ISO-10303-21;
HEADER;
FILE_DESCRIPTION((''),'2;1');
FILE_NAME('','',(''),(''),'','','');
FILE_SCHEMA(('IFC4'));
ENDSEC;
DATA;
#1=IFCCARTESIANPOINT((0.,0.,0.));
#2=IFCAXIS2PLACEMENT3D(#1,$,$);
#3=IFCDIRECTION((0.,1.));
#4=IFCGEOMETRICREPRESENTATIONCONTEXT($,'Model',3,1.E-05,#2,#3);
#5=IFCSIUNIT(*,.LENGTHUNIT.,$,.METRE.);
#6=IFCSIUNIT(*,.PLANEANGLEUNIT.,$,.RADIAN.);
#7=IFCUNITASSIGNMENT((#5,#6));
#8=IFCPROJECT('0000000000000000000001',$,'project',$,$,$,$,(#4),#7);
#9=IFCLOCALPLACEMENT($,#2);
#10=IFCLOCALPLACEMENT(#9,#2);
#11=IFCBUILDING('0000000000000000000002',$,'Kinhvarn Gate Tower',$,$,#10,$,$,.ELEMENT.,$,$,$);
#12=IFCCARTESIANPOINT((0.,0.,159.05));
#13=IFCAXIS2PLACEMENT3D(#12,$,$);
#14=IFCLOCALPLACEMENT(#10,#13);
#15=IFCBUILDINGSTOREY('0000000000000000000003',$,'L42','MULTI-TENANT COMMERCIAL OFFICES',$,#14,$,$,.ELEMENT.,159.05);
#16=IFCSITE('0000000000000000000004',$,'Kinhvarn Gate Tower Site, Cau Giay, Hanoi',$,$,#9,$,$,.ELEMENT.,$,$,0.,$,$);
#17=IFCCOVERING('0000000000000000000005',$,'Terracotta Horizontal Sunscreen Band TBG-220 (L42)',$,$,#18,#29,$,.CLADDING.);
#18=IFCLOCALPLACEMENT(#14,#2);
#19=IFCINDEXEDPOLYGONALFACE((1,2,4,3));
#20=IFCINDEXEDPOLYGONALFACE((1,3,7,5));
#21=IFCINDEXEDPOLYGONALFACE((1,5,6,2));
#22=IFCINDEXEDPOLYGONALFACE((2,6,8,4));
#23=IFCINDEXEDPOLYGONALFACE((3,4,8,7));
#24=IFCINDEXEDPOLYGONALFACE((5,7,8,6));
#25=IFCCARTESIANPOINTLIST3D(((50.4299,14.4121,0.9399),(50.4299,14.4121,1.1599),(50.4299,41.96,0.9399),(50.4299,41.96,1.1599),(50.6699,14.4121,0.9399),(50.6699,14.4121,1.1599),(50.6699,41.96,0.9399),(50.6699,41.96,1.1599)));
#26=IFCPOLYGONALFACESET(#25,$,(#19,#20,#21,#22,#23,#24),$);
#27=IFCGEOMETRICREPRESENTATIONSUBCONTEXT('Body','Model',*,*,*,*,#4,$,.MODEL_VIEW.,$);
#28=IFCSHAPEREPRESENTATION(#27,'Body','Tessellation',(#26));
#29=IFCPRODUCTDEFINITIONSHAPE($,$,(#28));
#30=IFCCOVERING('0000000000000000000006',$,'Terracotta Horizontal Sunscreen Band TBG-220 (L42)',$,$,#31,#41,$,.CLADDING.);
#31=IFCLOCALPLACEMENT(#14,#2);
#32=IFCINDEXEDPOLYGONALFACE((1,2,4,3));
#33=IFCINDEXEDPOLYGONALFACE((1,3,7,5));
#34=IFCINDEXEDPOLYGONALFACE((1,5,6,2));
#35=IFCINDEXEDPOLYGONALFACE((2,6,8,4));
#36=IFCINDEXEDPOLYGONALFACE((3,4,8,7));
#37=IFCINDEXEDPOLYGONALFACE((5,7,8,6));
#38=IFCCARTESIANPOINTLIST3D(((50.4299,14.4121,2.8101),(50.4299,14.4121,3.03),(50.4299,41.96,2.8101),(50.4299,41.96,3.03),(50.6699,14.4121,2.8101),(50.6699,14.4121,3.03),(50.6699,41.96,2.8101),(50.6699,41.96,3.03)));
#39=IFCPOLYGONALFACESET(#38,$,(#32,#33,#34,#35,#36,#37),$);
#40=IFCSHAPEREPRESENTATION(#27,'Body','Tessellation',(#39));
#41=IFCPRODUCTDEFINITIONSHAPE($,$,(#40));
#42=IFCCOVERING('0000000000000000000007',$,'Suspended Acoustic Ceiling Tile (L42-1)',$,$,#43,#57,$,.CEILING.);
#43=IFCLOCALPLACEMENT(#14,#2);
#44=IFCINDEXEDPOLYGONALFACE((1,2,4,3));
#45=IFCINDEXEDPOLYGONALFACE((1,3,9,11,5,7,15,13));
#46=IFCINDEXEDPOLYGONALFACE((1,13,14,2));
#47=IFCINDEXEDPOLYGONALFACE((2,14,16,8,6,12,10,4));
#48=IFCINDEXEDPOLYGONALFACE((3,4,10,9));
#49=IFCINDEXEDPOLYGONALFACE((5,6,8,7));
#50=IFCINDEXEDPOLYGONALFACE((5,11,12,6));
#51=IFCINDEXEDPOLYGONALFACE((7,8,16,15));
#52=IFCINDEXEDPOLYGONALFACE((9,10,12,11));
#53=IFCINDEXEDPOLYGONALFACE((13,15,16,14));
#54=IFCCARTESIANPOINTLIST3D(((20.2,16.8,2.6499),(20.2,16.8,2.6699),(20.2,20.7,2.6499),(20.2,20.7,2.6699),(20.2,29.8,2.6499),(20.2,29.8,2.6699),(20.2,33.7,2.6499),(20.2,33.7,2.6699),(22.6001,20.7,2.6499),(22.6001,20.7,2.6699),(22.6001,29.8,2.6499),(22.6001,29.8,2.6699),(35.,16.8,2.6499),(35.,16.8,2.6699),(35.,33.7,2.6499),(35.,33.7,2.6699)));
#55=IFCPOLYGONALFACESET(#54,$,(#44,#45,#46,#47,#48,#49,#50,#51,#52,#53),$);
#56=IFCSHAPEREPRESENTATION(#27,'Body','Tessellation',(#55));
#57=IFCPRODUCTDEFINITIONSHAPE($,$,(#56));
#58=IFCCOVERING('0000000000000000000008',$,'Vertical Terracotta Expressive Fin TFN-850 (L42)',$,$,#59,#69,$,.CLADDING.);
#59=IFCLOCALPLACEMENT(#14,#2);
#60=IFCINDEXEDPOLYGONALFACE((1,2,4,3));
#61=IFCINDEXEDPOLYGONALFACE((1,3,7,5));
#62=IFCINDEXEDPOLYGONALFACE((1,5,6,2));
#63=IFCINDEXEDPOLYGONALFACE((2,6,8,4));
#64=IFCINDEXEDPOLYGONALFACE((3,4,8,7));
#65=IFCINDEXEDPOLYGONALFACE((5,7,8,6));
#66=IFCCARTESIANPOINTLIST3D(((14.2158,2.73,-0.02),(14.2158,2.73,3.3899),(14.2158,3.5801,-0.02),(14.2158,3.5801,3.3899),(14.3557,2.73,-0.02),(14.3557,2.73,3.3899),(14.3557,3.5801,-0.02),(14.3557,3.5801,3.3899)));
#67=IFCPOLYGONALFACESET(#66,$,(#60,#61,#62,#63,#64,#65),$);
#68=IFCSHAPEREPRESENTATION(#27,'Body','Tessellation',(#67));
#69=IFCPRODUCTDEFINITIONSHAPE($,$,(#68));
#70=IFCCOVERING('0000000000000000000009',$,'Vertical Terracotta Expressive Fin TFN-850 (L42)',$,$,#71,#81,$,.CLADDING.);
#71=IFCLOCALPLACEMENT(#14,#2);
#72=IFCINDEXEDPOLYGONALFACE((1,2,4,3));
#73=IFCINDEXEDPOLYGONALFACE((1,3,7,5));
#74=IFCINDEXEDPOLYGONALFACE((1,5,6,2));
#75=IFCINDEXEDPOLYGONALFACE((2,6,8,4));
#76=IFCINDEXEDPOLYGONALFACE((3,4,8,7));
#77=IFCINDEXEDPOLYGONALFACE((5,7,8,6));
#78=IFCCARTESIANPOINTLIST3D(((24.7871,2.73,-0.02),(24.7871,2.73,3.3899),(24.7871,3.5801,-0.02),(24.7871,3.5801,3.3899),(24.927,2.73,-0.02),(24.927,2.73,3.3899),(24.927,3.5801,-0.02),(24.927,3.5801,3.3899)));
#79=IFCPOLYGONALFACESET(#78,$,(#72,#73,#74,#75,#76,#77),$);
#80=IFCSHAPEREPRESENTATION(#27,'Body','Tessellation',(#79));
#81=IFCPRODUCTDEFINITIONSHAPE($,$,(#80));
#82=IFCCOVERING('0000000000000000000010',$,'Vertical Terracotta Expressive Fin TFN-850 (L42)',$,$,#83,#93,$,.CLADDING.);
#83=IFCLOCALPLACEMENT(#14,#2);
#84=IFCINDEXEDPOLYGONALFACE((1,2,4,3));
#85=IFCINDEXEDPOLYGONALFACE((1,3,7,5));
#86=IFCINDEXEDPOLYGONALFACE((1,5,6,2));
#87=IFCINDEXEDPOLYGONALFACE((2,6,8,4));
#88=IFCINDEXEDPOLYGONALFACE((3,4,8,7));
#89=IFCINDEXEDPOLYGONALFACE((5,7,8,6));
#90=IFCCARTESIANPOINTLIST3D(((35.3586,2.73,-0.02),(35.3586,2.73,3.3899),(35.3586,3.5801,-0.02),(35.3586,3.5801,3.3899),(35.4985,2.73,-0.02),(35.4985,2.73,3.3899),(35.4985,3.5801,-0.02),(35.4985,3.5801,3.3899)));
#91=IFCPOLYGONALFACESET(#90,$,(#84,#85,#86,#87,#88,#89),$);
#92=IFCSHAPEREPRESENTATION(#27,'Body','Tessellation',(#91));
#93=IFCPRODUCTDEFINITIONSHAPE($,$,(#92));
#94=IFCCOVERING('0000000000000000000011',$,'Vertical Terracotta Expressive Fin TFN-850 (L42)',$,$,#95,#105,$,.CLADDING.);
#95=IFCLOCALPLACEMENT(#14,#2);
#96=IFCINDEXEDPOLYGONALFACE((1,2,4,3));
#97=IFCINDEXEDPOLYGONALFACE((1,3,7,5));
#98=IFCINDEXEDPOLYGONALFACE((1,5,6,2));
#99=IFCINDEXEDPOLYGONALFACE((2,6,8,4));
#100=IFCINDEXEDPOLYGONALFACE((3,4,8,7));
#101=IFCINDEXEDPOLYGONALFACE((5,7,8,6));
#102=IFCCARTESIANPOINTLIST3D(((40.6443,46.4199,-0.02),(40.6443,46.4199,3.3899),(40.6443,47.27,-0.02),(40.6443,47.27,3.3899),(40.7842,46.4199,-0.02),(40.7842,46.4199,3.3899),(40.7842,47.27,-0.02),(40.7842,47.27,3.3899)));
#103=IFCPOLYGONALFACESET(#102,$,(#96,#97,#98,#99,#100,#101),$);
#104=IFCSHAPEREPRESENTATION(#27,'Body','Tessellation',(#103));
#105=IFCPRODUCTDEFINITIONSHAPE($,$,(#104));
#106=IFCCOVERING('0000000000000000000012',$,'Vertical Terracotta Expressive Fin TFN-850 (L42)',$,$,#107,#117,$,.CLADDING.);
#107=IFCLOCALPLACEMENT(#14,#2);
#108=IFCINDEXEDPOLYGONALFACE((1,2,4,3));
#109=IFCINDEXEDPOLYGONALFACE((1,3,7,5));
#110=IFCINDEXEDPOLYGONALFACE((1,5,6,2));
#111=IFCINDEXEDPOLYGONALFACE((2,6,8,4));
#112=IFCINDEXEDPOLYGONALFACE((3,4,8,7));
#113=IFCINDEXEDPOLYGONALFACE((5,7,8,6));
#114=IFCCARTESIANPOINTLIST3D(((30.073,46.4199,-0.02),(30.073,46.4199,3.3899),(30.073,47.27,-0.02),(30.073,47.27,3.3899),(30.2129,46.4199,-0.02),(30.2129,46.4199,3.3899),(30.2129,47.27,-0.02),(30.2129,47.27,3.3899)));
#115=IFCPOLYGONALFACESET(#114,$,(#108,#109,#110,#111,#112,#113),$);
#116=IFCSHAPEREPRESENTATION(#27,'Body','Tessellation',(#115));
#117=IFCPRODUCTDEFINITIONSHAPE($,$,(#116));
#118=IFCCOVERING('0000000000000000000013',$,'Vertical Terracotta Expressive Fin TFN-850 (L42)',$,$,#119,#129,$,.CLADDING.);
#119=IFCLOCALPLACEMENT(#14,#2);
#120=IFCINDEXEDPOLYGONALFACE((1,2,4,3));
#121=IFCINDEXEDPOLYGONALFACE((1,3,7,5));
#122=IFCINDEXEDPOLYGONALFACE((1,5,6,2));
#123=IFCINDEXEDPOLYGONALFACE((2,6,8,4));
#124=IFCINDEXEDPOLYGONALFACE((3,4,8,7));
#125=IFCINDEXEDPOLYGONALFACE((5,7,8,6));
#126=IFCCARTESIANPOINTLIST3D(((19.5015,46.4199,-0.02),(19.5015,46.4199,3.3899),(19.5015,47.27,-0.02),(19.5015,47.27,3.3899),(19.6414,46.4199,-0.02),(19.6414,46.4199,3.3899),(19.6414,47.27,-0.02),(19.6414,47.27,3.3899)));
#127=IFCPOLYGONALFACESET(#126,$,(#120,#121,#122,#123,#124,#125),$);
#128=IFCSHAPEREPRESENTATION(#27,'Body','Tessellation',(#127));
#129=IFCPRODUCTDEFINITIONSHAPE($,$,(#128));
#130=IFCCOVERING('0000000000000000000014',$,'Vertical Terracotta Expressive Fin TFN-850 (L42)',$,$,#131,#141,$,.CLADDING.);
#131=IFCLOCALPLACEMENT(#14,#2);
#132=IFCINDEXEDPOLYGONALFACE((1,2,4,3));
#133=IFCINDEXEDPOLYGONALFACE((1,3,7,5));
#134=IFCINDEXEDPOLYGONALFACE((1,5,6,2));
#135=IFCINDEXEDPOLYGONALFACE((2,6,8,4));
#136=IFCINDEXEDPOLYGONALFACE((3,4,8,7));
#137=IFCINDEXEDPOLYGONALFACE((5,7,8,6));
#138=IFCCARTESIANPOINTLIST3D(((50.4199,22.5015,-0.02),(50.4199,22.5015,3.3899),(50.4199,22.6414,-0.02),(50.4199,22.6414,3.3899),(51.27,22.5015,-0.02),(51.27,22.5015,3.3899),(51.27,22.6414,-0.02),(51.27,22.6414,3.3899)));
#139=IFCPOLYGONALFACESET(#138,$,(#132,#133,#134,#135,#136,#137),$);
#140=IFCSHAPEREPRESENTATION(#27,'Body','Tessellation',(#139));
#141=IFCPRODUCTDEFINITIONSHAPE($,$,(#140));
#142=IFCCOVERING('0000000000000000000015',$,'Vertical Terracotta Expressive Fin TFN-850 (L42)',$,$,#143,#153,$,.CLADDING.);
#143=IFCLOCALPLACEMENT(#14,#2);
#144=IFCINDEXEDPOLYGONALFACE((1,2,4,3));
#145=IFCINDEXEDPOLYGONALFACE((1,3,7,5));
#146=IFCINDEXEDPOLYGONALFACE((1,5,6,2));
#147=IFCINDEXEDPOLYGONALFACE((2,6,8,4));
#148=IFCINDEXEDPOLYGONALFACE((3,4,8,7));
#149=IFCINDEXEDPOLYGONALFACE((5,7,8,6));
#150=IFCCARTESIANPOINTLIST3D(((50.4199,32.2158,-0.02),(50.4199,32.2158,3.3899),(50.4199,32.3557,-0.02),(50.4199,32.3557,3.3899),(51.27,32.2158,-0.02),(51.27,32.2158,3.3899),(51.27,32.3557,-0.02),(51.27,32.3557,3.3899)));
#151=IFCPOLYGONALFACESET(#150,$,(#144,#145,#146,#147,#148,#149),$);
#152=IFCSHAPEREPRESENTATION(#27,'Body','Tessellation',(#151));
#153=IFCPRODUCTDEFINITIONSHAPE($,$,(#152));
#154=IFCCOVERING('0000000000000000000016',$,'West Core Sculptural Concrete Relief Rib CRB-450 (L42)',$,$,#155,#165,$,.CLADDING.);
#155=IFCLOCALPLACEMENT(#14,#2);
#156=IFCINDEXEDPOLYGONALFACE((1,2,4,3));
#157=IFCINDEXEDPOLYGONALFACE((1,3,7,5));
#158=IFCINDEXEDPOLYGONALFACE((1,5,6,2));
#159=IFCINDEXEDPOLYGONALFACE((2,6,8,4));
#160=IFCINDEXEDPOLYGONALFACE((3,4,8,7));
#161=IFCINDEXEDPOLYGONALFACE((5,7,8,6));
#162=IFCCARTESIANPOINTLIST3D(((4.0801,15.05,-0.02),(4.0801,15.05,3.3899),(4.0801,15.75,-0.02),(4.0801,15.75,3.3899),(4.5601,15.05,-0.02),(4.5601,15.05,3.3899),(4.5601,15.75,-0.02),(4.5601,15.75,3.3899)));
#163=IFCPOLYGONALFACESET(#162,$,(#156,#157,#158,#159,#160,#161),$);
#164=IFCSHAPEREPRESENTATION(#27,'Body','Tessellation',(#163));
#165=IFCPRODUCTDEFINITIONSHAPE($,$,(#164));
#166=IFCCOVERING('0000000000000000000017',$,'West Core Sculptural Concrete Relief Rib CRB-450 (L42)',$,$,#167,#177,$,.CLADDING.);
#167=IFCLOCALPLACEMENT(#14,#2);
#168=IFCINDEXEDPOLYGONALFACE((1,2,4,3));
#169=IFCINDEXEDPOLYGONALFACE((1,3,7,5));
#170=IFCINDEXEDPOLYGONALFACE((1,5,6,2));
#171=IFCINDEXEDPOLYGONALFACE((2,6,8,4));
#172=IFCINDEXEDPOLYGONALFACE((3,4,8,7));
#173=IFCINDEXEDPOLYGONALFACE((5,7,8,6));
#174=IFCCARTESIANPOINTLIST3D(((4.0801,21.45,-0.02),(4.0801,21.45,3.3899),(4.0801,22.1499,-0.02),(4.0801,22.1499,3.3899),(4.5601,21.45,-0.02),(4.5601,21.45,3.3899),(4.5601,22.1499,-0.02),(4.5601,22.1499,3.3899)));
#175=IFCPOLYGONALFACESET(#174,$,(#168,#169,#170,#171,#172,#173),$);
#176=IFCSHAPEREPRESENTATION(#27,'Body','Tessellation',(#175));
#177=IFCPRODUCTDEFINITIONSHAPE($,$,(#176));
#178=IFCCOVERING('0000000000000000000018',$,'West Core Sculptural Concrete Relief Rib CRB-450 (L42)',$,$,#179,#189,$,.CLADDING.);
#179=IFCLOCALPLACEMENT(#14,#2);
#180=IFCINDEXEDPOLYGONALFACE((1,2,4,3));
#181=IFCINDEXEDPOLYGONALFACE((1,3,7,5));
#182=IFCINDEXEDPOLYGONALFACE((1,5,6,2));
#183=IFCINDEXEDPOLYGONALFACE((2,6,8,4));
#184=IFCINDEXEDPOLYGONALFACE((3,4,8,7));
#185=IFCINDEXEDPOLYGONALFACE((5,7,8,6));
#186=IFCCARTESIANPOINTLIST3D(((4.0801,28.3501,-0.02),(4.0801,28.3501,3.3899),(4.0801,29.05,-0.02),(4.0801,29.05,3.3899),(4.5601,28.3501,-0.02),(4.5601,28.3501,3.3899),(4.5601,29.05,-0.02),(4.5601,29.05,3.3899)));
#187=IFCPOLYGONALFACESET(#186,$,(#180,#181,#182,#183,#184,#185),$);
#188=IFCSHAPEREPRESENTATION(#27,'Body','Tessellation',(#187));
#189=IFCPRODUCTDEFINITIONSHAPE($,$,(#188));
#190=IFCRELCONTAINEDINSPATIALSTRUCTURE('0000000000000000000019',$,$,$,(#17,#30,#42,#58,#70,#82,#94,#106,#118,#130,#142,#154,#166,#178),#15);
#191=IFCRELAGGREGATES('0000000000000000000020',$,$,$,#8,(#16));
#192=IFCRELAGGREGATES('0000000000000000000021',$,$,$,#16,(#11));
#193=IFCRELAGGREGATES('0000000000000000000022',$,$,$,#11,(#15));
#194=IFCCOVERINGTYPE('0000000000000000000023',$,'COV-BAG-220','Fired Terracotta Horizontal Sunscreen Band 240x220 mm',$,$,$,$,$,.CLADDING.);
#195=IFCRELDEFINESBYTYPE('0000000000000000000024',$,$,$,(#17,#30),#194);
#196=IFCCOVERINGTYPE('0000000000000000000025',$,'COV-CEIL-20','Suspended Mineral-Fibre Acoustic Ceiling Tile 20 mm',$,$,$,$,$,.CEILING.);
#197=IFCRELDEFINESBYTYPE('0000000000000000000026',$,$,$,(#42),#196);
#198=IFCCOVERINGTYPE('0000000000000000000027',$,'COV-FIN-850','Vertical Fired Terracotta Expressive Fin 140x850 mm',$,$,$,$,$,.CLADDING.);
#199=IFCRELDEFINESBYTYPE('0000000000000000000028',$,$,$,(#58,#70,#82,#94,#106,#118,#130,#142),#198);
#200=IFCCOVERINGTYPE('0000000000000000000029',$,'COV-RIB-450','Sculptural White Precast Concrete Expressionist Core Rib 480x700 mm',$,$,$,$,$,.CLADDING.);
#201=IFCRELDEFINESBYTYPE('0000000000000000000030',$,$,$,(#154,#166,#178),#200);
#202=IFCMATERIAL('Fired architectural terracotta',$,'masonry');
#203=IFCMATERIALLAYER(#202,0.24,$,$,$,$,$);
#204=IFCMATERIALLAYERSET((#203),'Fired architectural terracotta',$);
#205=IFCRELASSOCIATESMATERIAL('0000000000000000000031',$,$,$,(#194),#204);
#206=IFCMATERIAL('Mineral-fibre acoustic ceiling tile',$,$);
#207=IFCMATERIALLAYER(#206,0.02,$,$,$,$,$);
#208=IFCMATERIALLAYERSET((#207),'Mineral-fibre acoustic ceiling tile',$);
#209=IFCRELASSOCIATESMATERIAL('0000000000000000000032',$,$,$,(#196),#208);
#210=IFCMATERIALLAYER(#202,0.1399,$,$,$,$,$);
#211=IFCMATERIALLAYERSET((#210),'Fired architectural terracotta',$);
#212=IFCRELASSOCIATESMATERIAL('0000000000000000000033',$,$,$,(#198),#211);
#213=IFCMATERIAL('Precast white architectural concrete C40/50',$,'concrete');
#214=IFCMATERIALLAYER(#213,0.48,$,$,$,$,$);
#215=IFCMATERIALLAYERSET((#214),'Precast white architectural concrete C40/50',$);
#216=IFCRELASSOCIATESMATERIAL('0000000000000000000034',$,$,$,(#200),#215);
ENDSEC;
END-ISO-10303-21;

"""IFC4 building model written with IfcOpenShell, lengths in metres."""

from ifc_helpers import new_model, si_unit, direction, frame, origin, place, context, subcontext, project, spatial, polyline, outline, extrude, material, layer, layer_set, type_object, element, save


model = new_model("IFC4")

# Units and contexts
model_context = context("Model", 3, precision=1e-05, world=origin(), true_north=direction((0.0, 1.0)))
body_context = subcontext(model_context, "Body", "Model", "MODEL_VIEW")
ifc_project = project(units=[si_unit("LENGTHUNIT", "METRE"), si_unit("PLANEANGLEUNIT", "RADIAN")], contexts=[model_context])

# Site, building, storey
site_placement = place(None, origin())
site = spatial("IfcSite", under=ifc_project, at=site_placement, Name="Kinhvarn Gate Tower Site, Cau Giay, Hanoi", CompositionType="ELEMENT", RefElevation=0.0)
building_placement = place(site_placement, origin())
building = spatial("IfcBuilding", under=site, at=building_placement, Name="Kinhvarn Gate Tower", CompositionType="ELEMENT")
storey_placement = place(building_placement, frame((0.0, 0.0, 159.05)))
storey = spatial("IfcBuildingStorey", under=building, at=storey_placement, Name="L42", Description="MULTI-TENANT COMMERCIAL OFFICES", CompositionType="ELEMENT", Elevation=159.05)

# Shared definitions
ifc_material_1 = material(Name="Precast white architectural concrete C40/50", Category="concrete")

# Coverings
ifc_material_2 = material(Name="Fired architectural terracotta", Category="masonry")
ifc_layer_1 = layer(ifc_material_2, 0.24)
ifc_layer_set_1 = layer_set([ifc_layer_1], Name="Fired architectural terracotta")
covering_type_1 = type_object("IfcCoveringType", Name="COV-BAG-220", Description="Fired Terracotta Horizontal Sunscreen Band 240x220 mm", PredefinedType="CLADDING", material=ifc_layer_set_1)
for number, where, name in (
    (1, (0.0, 0.0, 0.9399), "Terracotta Horizontal Sunscreen Band TBG-220 (L42)"),
    (2, (0.0, 0.0, 2.8101), "Terracotta Horizontal Sunscreen Band TBG-220 (L42)"),
):
    element("IfcCovering", number, at=place(storey_placement, frame(where)), inside=storey, type_object=covering_type_1, Name=name, PredefinedType="CLADDING", context=body_context, shape_type="SweptSolid", body=[
        extrude(outline(polyline([(50.4299, 14.4121), (50.4299, 41.96), (50.6699, 41.96), (50.6699, 14.4121), (50.4299, 14.4121)])), origin(), (0.0, 0.0, 1.0), 0.22),
    ])
ifc_material_3 = material(Name="Mineral-fibre acoustic ceiling tile")
ifc_layer_2 = layer(ifc_material_3, 0.02)
ifc_layer_set_2 = layer_set([ifc_layer_2], Name="Mineral-fibre acoustic ceiling tile")
covering_type_2 = type_object("IfcCoveringType", Name="COV-CEIL-20", Description="Suspended Mineral-Fibre Acoustic Ceiling Tile 20 mm", PredefinedType="CEILING", material=ifc_layer_set_2)
covering_1_placement = place(storey_placement, frame((0.0, 0.0, 2.6499)))
element("IfcCovering", 3, at=covering_1_placement, inside=storey, type_object=covering_type_2, Name="Suspended Acoustic Ceiling Tile (L42-1)", PredefinedType="CEILING", context=body_context, shape_type="SweptSolid", body=[
    extrude(outline(polyline([(35.0, 33.7), (35.0, 16.8), (20.2, 16.8), (20.2, 20.7), (22.6001, 20.7), (22.6001, 29.8), (20.2, 29.8), (20.2, 33.7), (35.0, 33.7)])), origin(), (0.0, 0.0, 1.0), 0.02),
])
ifc_layer_3 = layer(ifc_material_2, 0.1399)
ifc_layer_set_3 = layer_set([ifc_layer_3], Name="Fired architectural terracotta")
covering_type_3 = type_object("IfcCoveringType", Name="COV-FIN-850", Description="Vertical Fired Terracotta Expressive Fin 140x850 mm", PredefinedType="CLADDING", material=ifc_layer_set_3)
covering_2_placement = place(storey_placement, frame((0.0, 0.0, -0.02)))
element("IfcCovering", 4, at=covering_2_placement, inside=storey, type_object=covering_type_3, Name="Vertical Terracotta Expressive Fin TFN-850 (L42)", PredefinedType="CLADDING", context=body_context, shape_type="SweptSolid", body=[
    extrude(outline(polyline([(14.2158, 3.5801), (14.3557, 3.5801), (14.3557, 2.73), (14.2158, 2.73), (14.2158, 3.5801)])), origin(), (0.0, 0.0, 1.0), 3.4099),
])
covering_3_placement = place(storey_placement, frame((0.0, 0.0, -0.02)))
element("IfcCovering", 5, at=covering_3_placement, inside=storey, type_object=covering_type_3, Name="Vertical Terracotta Expressive Fin TFN-850 (L42)", PredefinedType="CLADDING", context=body_context, shape_type="SweptSolid", body=[
    extrude(outline(polyline([(24.7871, 3.5801), (24.927, 3.5801), (24.927, 2.73), (24.7871, 2.73), (24.7871, 3.5801)])), origin(), (0.0, 0.0, 1.0), 3.4099),
])
covering_4_placement = place(storey_placement, frame((0.0, 0.0, -0.02)))
element("IfcCovering", 6, at=covering_4_placement, inside=storey, type_object=covering_type_3, Name="Vertical Terracotta Expressive Fin TFN-850 (L42)", PredefinedType="CLADDING", context=body_context, shape_type="SweptSolid", body=[
    extrude(outline(polyline([(35.3586, 3.5801), (35.4985, 3.5801), (35.4985, 2.73), (35.3586, 2.73), (35.3586, 3.5801)])), origin(), (0.0, 0.0, 1.0), 3.4099),
])
covering_5_placement = place(storey_placement, frame((0.0, 0.0, -0.02)))
element("IfcCovering", 7, at=covering_5_placement, inside=storey, type_object=covering_type_3, Name="Vertical Terracotta Expressive Fin TFN-850 (L42)", PredefinedType="CLADDING", context=body_context, shape_type="SweptSolid", body=[
    extrude(outline(polyline([(40.7842, 46.4199), (40.6443, 46.4199), (40.6443, 47.27), (40.7842, 47.27), (40.7842, 46.4199)])), origin(), (0.0, 0.0, 1.0), 3.4099),
])
covering_6_placement = place(storey_placement, frame((0.0, 0.0, -0.02)))
element("IfcCovering", 8, at=covering_6_placement, inside=storey, type_object=covering_type_3, Name="Vertical Terracotta Expressive Fin TFN-850 (L42)", PredefinedType="CLADDING", context=body_context, shape_type="SweptSolid", body=[
    extrude(outline(polyline([(30.2129, 46.4199), (30.073, 46.4199), (30.073, 47.27), (30.2129, 47.27), (30.2129, 46.4199)])), origin(), (0.0, 0.0, 1.0), 3.4099),
])
covering_7_placement = place(storey_placement, frame((0.0, 0.0, -0.02)))
element("IfcCovering", 9, at=covering_7_placement, inside=storey, type_object=covering_type_3, Name="Vertical Terracotta Expressive Fin TFN-850 (L42)", PredefinedType="CLADDING", context=body_context, shape_type="SweptSolid", body=[
    extrude(outline(polyline([(19.6414, 46.4199), (19.5015, 46.4199), (19.5015, 47.27), (19.6414, 47.27), (19.6414, 46.4199)])), origin(), (0.0, 0.0, 1.0), 3.4099),
])
covering_8_placement = place(storey_placement, frame((0.0, 0.0, -0.02)))
element("IfcCovering", 10, at=covering_8_placement, inside=storey, type_object=covering_type_3, Name="Vertical Terracotta Expressive Fin TFN-850 (L42)", PredefinedType="CLADDING", context=body_context, shape_type="SweptSolid", body=[
    extrude(outline(polyline([(50.4199, 22.5015), (50.4199, 22.6414), (51.27, 22.6414), (51.27, 22.5015), (50.4199, 22.5015)])), origin(), (0.0, 0.0, 1.0), 3.4099),
])
covering_9_placement = place(storey_placement, frame((0.0, 0.0, -0.02)))
element("IfcCovering", 11, at=covering_9_placement, inside=storey, type_object=covering_type_3, Name="Vertical Terracotta Expressive Fin TFN-850 (L42)", PredefinedType="CLADDING", context=body_context, shape_type="SweptSolid", body=[
    extrude(outline(polyline([(50.4199, 32.2158), (50.4199, 32.3557), (51.27, 32.3557), (51.27, 32.2158), (50.4199, 32.2158)])), origin(), (0.0, 0.0, 1.0), 3.4099),
])
ifc_layer_4 = layer(ifc_material_1, 0.48)
ifc_layer_set_4 = layer_set([ifc_layer_4], Name="Precast white architectural concrete C40/50")
covering_type_4 = type_object("IfcCoveringType", Name="COV-RIB-450", Description="Sculptural White Precast Concrete Expressionist Core Rib 480x700 mm", PredefinedType="CLADDING", material=ifc_layer_set_4)
covering_10_placement = place(storey_placement, frame((0.0, 0.0, -0.02)))
element("IfcCovering", 12, at=covering_10_placement, inside=storey, type_object=covering_type_4, Name="West Core Sculptural Concrete Relief Rib CRB-450 (L42)", PredefinedType="CLADDING", context=body_context, shape_type="SweptSolid", body=[
    extrude(outline(polyline([(4.0801, 15.05), (4.5601, 15.05), (4.5601, 15.75), (4.0801, 15.75), (4.0801, 15.05)])), origin(), (0.0, 0.0, 1.0), 3.4099),
])
covering_11_placement = place(storey_placement, frame((0.0, 0.0, -0.02)))
element("IfcCovering", 13, at=covering_11_placement, inside=storey, type_object=covering_type_4, Name="West Core Sculptural Concrete Relief Rib CRB-450 (L42)", PredefinedType="CLADDING", context=body_context, shape_type="SweptSolid", body=[
    extrude(outline(polyline([(4.0801, 21.45), (4.5601, 21.45), (4.5601, 22.1499), (4.0801, 22.1499), (4.0801, 21.45)])), origin(), (0.0, 0.0, 1.0), 3.4099),
])
covering_12_placement = place(storey_placement, frame((0.0, 0.0, -0.02)))
element("IfcCovering", 14, at=covering_12_placement, inside=storey, type_object=covering_type_4, Name="West Core Sculptural Concrete Relief Rib CRB-450 (L42)", PredefinedType="CLADDING", context=body_context, shape_type="SweptSolid", body=[
    extrude(outline(polyline([(4.0801, 28.3501), (4.5601, 28.3501), (4.5601, 29.05), (4.0801, 29.05), (4.0801, 28.3501)])), origin(), (0.0, 0.0, 1.0), 3.4099),
])

save(model, "model.ifc")
